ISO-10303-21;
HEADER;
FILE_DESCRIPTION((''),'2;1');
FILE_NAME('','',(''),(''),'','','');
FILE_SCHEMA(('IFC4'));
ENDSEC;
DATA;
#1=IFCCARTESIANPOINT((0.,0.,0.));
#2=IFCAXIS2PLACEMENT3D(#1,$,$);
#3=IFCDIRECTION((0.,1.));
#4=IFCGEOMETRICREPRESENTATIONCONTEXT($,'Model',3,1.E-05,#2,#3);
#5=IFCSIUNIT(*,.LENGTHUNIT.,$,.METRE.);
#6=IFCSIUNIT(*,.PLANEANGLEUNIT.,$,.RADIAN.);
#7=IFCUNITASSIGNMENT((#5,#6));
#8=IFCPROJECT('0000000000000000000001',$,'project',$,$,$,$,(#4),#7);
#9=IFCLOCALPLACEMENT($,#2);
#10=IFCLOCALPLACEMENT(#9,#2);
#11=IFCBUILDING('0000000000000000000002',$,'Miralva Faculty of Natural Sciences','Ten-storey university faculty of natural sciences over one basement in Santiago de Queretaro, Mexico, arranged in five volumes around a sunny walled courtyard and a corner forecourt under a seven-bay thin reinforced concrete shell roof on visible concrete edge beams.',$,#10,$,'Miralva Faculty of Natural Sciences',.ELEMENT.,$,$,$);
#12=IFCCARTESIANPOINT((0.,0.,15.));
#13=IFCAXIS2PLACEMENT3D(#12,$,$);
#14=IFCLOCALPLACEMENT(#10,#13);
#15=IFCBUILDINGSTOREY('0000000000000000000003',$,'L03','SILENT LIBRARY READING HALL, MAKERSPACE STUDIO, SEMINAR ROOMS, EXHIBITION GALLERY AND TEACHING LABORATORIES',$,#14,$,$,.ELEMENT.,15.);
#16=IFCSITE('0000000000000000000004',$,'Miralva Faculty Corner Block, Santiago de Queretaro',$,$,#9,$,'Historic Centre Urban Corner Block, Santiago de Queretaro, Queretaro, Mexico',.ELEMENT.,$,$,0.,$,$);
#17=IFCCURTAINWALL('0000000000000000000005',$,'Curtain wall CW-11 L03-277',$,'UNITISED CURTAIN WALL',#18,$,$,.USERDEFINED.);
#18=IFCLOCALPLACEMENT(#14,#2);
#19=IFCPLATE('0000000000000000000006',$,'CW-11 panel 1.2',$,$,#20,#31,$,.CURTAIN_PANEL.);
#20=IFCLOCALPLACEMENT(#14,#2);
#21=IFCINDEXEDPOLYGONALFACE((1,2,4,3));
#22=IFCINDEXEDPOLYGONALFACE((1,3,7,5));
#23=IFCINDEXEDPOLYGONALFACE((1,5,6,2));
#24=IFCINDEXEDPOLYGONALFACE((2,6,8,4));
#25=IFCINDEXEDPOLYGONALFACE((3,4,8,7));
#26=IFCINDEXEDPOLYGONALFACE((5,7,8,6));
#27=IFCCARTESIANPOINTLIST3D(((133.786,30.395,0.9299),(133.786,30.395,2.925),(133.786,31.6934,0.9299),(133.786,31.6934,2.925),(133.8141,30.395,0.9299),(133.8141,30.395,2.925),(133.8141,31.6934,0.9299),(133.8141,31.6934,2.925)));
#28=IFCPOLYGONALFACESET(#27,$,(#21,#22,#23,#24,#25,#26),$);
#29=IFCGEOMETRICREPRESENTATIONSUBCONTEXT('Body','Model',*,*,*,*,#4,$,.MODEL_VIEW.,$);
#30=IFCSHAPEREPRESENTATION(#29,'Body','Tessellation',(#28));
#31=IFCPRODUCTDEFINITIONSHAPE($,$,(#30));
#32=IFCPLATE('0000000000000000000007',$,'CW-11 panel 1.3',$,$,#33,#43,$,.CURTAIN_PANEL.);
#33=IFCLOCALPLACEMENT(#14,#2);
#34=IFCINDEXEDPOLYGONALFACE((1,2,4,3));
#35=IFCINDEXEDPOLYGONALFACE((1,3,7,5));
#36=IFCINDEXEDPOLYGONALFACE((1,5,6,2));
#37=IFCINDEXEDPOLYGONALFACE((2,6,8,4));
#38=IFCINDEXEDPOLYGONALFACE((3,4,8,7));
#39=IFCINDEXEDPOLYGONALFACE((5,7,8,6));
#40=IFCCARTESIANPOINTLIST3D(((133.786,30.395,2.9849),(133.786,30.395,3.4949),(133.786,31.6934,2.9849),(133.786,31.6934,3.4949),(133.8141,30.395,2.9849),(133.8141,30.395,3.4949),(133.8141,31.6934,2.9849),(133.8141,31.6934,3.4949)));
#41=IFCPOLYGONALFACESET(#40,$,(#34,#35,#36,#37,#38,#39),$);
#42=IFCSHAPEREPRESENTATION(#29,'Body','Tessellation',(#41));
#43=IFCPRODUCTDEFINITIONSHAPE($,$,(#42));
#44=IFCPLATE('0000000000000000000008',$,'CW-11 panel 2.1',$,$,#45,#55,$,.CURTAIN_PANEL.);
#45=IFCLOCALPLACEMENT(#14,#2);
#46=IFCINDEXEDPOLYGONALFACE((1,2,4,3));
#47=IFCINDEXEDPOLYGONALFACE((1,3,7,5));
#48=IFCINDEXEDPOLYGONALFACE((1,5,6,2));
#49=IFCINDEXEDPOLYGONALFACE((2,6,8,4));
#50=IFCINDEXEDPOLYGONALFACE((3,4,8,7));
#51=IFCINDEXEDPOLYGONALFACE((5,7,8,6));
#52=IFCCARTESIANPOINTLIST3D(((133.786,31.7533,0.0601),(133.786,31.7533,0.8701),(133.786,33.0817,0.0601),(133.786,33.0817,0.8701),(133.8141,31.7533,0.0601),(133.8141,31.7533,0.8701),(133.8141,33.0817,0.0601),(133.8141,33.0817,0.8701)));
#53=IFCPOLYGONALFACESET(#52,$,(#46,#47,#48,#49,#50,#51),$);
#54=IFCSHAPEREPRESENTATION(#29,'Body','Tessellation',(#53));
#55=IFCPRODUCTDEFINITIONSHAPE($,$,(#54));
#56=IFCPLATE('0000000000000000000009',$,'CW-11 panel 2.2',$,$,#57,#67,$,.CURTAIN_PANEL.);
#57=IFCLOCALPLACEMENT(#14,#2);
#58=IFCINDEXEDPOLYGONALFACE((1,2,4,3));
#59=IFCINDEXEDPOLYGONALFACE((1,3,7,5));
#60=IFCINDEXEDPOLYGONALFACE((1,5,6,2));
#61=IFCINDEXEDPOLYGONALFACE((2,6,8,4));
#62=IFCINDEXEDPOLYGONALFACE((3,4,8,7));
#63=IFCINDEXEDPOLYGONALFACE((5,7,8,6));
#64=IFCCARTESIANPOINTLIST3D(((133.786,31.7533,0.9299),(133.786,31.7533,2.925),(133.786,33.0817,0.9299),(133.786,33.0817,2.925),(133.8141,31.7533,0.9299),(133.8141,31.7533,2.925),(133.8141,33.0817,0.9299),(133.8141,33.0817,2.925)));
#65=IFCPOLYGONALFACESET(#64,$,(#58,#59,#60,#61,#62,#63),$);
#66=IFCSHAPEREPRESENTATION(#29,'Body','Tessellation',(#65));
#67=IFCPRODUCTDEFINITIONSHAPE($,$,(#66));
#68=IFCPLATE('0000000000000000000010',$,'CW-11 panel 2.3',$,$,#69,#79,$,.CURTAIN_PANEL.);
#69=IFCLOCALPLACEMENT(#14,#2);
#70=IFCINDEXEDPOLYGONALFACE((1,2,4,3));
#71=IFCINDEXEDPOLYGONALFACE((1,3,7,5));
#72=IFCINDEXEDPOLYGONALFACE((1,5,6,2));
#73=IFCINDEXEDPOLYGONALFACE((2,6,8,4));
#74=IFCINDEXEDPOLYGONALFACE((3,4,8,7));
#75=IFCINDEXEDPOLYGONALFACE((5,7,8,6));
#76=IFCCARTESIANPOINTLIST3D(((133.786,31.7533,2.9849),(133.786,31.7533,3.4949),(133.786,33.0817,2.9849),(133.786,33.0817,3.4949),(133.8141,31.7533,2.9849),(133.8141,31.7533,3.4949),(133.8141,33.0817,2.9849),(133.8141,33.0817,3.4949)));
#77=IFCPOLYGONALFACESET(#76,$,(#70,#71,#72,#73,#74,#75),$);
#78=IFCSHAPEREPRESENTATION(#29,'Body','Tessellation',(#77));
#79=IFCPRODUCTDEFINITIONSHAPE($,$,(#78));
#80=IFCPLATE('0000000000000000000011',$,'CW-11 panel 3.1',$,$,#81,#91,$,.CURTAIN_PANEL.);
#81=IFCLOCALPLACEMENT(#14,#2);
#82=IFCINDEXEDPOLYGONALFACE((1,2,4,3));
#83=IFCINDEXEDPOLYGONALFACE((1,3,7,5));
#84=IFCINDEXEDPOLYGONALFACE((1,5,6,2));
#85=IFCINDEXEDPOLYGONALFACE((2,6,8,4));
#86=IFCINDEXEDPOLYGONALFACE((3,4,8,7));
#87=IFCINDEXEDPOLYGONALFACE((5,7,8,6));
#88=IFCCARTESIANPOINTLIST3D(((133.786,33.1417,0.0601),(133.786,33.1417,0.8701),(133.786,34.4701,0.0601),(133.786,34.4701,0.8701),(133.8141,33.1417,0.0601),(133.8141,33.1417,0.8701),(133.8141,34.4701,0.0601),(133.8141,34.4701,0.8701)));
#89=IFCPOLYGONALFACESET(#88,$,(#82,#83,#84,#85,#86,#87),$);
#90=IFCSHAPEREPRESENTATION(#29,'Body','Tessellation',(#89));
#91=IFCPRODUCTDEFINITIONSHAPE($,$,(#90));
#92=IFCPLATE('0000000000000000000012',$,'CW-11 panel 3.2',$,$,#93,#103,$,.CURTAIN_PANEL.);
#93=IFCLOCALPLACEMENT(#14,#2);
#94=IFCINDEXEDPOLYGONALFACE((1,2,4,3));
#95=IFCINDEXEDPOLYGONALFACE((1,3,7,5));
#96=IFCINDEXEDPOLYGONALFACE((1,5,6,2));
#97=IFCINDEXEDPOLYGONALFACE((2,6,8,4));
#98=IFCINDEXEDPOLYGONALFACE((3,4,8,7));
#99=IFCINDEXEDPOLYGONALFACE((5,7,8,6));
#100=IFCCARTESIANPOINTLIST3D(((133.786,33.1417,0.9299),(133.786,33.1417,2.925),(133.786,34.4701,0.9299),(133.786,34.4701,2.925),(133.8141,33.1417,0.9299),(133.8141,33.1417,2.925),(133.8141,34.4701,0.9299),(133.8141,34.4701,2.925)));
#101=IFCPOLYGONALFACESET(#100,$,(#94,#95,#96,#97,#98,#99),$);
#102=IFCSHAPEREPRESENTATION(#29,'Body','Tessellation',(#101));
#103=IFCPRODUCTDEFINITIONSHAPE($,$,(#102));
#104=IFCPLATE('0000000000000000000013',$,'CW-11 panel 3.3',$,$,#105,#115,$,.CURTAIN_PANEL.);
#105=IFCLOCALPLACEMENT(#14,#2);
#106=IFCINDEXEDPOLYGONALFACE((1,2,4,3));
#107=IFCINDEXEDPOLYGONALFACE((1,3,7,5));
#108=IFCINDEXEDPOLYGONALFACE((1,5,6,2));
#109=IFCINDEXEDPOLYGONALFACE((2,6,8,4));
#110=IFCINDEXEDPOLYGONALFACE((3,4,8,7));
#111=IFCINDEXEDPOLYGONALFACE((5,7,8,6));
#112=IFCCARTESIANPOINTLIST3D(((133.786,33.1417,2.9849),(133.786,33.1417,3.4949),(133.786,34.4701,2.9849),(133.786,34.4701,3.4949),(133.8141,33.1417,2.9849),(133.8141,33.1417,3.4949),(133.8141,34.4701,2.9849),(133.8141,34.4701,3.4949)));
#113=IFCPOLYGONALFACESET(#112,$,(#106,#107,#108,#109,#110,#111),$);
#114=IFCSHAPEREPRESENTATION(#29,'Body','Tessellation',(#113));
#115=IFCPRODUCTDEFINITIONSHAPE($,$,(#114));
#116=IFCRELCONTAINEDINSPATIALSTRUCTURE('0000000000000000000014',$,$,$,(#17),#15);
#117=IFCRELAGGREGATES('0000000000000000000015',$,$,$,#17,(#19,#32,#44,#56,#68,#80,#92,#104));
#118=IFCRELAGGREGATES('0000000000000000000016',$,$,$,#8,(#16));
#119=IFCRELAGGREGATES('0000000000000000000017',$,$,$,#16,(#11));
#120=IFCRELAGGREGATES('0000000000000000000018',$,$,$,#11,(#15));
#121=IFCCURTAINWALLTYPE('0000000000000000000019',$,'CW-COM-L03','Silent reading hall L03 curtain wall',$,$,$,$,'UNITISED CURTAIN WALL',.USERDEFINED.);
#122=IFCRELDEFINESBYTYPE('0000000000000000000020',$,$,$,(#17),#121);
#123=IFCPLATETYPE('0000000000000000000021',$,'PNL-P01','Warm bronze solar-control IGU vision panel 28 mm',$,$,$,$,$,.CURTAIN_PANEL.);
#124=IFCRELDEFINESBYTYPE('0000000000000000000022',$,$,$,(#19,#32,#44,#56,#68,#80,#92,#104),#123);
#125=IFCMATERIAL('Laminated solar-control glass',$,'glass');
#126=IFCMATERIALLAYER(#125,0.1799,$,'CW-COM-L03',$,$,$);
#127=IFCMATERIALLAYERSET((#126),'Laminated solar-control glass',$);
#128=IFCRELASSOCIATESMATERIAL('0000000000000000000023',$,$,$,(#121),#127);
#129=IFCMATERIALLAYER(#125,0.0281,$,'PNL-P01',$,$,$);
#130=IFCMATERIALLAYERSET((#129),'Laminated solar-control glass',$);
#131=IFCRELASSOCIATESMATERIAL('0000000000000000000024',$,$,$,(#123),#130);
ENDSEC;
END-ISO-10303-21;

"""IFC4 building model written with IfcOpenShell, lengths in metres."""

from ifc_helpers import new_model, si_unit, direction, frame, origin, origin_2d, place, context, subcontext, project, spatial, rectangle, extrude, material, layer, layer_set, type_object, element, aggregate, save


model = new_model("IFC4")

# Units and contexts
model_context = context("Model", 3, precision=1e-05, world=origin(), true_north=direction((0.0, 1.0)))
body_context = subcontext(model_context, "Body", "Model", "MODEL_VIEW")
ifc_project = project(units=[si_unit("LENGTHUNIT", "METRE"), si_unit("PLANEANGLEUNIT", "RADIAN")], contexts=[model_context])

# Site, building, storey
site_placement = place(None, origin())
site = spatial("IfcSite", under=ifc_project, at=site_placement, Name="Miralva Faculty Corner Block, Santiago de Queretaro", LongName="Historic Centre Urban Corner Block, Santiago de Queretaro, Queretaro, Mexico", CompositionType="ELEMENT", RefElevation=0.0)
building_placement = place(site_placement, origin())
building = spatial("IfcBuilding", under=site, at=building_placement, Name="Miralva Faculty of Natural Sciences", Description="Ten-storey university faculty of natural sciences over one basement in Santiago de Queretaro, Mexico, arranged in five volumes around a sunny walled courtyard and a corner forecourt under a seven-bay thin reinforced concrete shell roof on visible concrete edge beams.", LongName="Miralva Faculty of Natural Sciences", CompositionType="ELEMENT")
storey_placement = place(building_placement, frame((0.0, 0.0, 15.0)))
storey = spatial("IfcBuildingStorey", under=building, at=storey_placement, Name="L03", Description="SILENT LIBRARY READING HALL, MAKERSPACE STUDIO, SEMINAR ROOMS, EXHIBITION GALLERY AND TEACHING LABORATORIES", CompositionType="ELEMENT", Elevation=15.0)

# Curtain wall
ifc_material_1 = material(Name="Laminated solar-control glass", Category="glass")
ifc_layer_1 = layer(ifc_material_1, 0.1799, Name="CW-COM-L03")
ifc_layer_set_1 = layer_set([ifc_layer_1], Name="Laminated solar-control glass")
curtain_wall_type = type_object("IfcCurtainWallType", Name="CW-COM-L03", Description="Silent reading hall L03 curtain wall", ElementType="UNITISED CURTAIN WALL", PredefinedType="USERDEFINED", material=ifc_layer_set_1)
curtain_wall_1_placement = place(storey_placement, origin())
curtain_wall_1 = element("IfcCurtainWall", 1, at=curtain_wall_1_placement, inside=storey, type_object=curtain_wall_type, Name="Curtain wall CW-11 L03-277", ObjectType="UNITISED CURTAIN WALL", PredefinedType="USERDEFINED")

# Plates
ifc_layer_2 = layer(ifc_material_1, 0.0281, Name="PNL-P01")
ifc_layer_set_2 = layer_set([ifc_layer_2], Name="Laminated solar-control glass")
plate_type = type_object("IfcPlateType", Name="PNL-P01", Description="Warm bronze solar-control IGU vision panel 28 mm", PredefinedType="CURTAIN_PANEL", material=ifc_layer_set_2)
plate_1_placement = place(storey_placement, frame((133.8, 31.0442, 0.9299), z_axis=(0.0, 0.0, 1.0), x_axis=(0.0, 1.0, 0.0)))
plate_1 = element("IfcPlate", 2, at=plate_1_placement, type_object=plate_type, Name="CW-11 panel 1.2", PredefinedType="CURTAIN_PANEL", context=body_context, shape_type="SweptSolid", body=[
    extrude(rectangle(XDim=1.2983, YDim=0.0281, at=origin_2d()), origin(), (0.0, 0.0, 1.0), 1.9951),
])
plate_2_placement = place(storey_placement, frame((133.8, 31.0442, 2.9849), z_axis=(0.0, 0.0, 1.0), x_axis=(0.0, 1.0, 0.0)))
plate_2 = element("IfcPlate", 3, at=plate_2_placement, type_object=plate_type, Name="CW-11 panel 1.3", PredefinedType="CURTAIN_PANEL", context=body_context, shape_type="SweptSolid", body=[
    extrude(rectangle(XDim=1.2983, YDim=0.0281, at=origin_2d()), origin(), (0.0, 0.0, 1.0), 0.51),
])
plate_3_placement = place(storey_placement, frame((133.8, 32.4175, 0.0601), z_axis=(0.0, 0.0, 1.0), x_axis=(0.0, 1.0, 0.0)))
plate_3 = element("IfcPlate", 4, at=plate_3_placement, type_object=plate_type, Name="CW-11 panel 2.1", PredefinedType="CURTAIN_PANEL", context=body_context, shape_type="SweptSolid", body=[
    extrude(rectangle(XDim=1.3284, YDim=0.0281, at=origin_2d()), origin(), (0.0, 0.0, 1.0), 0.8101),
])
plate_4_placement = place(storey_placement, frame((133.8, 32.4175, 0.9299), z_axis=(0.0, 0.0, 1.0), x_axis=(0.0, 1.0, 0.0)))
plate_4 = element("IfcPlate", 5, at=plate_4_placement, type_object=plate_type, Name="CW-11 panel 2.2", PredefinedType="CURTAIN_PANEL", context=body_context, shape_type="SweptSolid", body=[
    extrude(rectangle(XDim=1.3284, YDim=0.0281, at=origin_2d()), origin(), (0.0, 0.0, 1.0), 1.9951),
])
plate_5_placement = place(storey_placement, frame((133.8, 32.4175, 2.9849), z_axis=(0.0, 0.0, 1.0), x_axis=(0.0, 1.0, 0.0)))
plate_5 = element("IfcPlate", 6, at=plate_5_placement, type_object=plate_type, Name="CW-11 panel 2.3", PredefinedType="CURTAIN_PANEL", context=body_context, shape_type="SweptSolid", body=[
    extrude(rectangle(XDim=1.3284, YDim=0.0281, at=origin_2d()), origin(), (0.0, 0.0, 1.0), 0.51),
])
plate_6_placement = place(storey_placement, frame((133.8, 33.8059, 0.0601), z_axis=(0.0, 0.0, 1.0), x_axis=(0.0, 1.0, 0.0)))
plate_6 = element("IfcPlate", 7, at=plate_6_placement, type_object=plate_type, Name="CW-11 panel 3.1", PredefinedType="CURTAIN_PANEL", context=body_context, shape_type="SweptSolid", body=[
    extrude(rectangle(XDim=1.3284, YDim=0.0281, at=origin_2d()), origin(), (0.0, 0.0, 1.0), 0.8101),
])
plate_7_placement = place(storey_placement, frame((133.8, 33.8059, 0.9299), z_axis=(0.0, 0.0, 1.0), x_axis=(0.0, 1.0, 0.0)))
plate_7 = element("IfcPlate", 8, at=plate_7_placement, type_object=plate_type, Name="CW-11 panel 3.2", PredefinedType="CURTAIN_PANEL", context=body_context, shape_type="SweptSolid", body=[
    extrude(rectangle(XDim=1.3284, YDim=0.0281, at=origin_2d()), origin(), (0.0, 0.0, 1.0), 1.9951),
])
plate_8_placement = place(storey_placement, frame((133.8, 33.8059, 2.9849), z_axis=(0.0, 0.0, 1.0), x_axis=(0.0, 1.0, 0.0)))
plate_8 = element("IfcPlate", 9, at=plate_8_placement, type_object=plate_type, Name="CW-11 panel 3.3", PredefinedType="CURTAIN_PANEL", context=body_context, shape_type="SweptSolid", body=[
    extrude(rectangle(XDim=1.3284, YDim=0.0281, at=origin_2d()), origin(), (0.0, 0.0, 1.0), 0.51),
])
aggregate(curtain_wall_1, [plate_1, plate_2, plate_3, plate_4, plate_5, plate_6, plate_7, plate_8])

save(model, "model.ifc")
